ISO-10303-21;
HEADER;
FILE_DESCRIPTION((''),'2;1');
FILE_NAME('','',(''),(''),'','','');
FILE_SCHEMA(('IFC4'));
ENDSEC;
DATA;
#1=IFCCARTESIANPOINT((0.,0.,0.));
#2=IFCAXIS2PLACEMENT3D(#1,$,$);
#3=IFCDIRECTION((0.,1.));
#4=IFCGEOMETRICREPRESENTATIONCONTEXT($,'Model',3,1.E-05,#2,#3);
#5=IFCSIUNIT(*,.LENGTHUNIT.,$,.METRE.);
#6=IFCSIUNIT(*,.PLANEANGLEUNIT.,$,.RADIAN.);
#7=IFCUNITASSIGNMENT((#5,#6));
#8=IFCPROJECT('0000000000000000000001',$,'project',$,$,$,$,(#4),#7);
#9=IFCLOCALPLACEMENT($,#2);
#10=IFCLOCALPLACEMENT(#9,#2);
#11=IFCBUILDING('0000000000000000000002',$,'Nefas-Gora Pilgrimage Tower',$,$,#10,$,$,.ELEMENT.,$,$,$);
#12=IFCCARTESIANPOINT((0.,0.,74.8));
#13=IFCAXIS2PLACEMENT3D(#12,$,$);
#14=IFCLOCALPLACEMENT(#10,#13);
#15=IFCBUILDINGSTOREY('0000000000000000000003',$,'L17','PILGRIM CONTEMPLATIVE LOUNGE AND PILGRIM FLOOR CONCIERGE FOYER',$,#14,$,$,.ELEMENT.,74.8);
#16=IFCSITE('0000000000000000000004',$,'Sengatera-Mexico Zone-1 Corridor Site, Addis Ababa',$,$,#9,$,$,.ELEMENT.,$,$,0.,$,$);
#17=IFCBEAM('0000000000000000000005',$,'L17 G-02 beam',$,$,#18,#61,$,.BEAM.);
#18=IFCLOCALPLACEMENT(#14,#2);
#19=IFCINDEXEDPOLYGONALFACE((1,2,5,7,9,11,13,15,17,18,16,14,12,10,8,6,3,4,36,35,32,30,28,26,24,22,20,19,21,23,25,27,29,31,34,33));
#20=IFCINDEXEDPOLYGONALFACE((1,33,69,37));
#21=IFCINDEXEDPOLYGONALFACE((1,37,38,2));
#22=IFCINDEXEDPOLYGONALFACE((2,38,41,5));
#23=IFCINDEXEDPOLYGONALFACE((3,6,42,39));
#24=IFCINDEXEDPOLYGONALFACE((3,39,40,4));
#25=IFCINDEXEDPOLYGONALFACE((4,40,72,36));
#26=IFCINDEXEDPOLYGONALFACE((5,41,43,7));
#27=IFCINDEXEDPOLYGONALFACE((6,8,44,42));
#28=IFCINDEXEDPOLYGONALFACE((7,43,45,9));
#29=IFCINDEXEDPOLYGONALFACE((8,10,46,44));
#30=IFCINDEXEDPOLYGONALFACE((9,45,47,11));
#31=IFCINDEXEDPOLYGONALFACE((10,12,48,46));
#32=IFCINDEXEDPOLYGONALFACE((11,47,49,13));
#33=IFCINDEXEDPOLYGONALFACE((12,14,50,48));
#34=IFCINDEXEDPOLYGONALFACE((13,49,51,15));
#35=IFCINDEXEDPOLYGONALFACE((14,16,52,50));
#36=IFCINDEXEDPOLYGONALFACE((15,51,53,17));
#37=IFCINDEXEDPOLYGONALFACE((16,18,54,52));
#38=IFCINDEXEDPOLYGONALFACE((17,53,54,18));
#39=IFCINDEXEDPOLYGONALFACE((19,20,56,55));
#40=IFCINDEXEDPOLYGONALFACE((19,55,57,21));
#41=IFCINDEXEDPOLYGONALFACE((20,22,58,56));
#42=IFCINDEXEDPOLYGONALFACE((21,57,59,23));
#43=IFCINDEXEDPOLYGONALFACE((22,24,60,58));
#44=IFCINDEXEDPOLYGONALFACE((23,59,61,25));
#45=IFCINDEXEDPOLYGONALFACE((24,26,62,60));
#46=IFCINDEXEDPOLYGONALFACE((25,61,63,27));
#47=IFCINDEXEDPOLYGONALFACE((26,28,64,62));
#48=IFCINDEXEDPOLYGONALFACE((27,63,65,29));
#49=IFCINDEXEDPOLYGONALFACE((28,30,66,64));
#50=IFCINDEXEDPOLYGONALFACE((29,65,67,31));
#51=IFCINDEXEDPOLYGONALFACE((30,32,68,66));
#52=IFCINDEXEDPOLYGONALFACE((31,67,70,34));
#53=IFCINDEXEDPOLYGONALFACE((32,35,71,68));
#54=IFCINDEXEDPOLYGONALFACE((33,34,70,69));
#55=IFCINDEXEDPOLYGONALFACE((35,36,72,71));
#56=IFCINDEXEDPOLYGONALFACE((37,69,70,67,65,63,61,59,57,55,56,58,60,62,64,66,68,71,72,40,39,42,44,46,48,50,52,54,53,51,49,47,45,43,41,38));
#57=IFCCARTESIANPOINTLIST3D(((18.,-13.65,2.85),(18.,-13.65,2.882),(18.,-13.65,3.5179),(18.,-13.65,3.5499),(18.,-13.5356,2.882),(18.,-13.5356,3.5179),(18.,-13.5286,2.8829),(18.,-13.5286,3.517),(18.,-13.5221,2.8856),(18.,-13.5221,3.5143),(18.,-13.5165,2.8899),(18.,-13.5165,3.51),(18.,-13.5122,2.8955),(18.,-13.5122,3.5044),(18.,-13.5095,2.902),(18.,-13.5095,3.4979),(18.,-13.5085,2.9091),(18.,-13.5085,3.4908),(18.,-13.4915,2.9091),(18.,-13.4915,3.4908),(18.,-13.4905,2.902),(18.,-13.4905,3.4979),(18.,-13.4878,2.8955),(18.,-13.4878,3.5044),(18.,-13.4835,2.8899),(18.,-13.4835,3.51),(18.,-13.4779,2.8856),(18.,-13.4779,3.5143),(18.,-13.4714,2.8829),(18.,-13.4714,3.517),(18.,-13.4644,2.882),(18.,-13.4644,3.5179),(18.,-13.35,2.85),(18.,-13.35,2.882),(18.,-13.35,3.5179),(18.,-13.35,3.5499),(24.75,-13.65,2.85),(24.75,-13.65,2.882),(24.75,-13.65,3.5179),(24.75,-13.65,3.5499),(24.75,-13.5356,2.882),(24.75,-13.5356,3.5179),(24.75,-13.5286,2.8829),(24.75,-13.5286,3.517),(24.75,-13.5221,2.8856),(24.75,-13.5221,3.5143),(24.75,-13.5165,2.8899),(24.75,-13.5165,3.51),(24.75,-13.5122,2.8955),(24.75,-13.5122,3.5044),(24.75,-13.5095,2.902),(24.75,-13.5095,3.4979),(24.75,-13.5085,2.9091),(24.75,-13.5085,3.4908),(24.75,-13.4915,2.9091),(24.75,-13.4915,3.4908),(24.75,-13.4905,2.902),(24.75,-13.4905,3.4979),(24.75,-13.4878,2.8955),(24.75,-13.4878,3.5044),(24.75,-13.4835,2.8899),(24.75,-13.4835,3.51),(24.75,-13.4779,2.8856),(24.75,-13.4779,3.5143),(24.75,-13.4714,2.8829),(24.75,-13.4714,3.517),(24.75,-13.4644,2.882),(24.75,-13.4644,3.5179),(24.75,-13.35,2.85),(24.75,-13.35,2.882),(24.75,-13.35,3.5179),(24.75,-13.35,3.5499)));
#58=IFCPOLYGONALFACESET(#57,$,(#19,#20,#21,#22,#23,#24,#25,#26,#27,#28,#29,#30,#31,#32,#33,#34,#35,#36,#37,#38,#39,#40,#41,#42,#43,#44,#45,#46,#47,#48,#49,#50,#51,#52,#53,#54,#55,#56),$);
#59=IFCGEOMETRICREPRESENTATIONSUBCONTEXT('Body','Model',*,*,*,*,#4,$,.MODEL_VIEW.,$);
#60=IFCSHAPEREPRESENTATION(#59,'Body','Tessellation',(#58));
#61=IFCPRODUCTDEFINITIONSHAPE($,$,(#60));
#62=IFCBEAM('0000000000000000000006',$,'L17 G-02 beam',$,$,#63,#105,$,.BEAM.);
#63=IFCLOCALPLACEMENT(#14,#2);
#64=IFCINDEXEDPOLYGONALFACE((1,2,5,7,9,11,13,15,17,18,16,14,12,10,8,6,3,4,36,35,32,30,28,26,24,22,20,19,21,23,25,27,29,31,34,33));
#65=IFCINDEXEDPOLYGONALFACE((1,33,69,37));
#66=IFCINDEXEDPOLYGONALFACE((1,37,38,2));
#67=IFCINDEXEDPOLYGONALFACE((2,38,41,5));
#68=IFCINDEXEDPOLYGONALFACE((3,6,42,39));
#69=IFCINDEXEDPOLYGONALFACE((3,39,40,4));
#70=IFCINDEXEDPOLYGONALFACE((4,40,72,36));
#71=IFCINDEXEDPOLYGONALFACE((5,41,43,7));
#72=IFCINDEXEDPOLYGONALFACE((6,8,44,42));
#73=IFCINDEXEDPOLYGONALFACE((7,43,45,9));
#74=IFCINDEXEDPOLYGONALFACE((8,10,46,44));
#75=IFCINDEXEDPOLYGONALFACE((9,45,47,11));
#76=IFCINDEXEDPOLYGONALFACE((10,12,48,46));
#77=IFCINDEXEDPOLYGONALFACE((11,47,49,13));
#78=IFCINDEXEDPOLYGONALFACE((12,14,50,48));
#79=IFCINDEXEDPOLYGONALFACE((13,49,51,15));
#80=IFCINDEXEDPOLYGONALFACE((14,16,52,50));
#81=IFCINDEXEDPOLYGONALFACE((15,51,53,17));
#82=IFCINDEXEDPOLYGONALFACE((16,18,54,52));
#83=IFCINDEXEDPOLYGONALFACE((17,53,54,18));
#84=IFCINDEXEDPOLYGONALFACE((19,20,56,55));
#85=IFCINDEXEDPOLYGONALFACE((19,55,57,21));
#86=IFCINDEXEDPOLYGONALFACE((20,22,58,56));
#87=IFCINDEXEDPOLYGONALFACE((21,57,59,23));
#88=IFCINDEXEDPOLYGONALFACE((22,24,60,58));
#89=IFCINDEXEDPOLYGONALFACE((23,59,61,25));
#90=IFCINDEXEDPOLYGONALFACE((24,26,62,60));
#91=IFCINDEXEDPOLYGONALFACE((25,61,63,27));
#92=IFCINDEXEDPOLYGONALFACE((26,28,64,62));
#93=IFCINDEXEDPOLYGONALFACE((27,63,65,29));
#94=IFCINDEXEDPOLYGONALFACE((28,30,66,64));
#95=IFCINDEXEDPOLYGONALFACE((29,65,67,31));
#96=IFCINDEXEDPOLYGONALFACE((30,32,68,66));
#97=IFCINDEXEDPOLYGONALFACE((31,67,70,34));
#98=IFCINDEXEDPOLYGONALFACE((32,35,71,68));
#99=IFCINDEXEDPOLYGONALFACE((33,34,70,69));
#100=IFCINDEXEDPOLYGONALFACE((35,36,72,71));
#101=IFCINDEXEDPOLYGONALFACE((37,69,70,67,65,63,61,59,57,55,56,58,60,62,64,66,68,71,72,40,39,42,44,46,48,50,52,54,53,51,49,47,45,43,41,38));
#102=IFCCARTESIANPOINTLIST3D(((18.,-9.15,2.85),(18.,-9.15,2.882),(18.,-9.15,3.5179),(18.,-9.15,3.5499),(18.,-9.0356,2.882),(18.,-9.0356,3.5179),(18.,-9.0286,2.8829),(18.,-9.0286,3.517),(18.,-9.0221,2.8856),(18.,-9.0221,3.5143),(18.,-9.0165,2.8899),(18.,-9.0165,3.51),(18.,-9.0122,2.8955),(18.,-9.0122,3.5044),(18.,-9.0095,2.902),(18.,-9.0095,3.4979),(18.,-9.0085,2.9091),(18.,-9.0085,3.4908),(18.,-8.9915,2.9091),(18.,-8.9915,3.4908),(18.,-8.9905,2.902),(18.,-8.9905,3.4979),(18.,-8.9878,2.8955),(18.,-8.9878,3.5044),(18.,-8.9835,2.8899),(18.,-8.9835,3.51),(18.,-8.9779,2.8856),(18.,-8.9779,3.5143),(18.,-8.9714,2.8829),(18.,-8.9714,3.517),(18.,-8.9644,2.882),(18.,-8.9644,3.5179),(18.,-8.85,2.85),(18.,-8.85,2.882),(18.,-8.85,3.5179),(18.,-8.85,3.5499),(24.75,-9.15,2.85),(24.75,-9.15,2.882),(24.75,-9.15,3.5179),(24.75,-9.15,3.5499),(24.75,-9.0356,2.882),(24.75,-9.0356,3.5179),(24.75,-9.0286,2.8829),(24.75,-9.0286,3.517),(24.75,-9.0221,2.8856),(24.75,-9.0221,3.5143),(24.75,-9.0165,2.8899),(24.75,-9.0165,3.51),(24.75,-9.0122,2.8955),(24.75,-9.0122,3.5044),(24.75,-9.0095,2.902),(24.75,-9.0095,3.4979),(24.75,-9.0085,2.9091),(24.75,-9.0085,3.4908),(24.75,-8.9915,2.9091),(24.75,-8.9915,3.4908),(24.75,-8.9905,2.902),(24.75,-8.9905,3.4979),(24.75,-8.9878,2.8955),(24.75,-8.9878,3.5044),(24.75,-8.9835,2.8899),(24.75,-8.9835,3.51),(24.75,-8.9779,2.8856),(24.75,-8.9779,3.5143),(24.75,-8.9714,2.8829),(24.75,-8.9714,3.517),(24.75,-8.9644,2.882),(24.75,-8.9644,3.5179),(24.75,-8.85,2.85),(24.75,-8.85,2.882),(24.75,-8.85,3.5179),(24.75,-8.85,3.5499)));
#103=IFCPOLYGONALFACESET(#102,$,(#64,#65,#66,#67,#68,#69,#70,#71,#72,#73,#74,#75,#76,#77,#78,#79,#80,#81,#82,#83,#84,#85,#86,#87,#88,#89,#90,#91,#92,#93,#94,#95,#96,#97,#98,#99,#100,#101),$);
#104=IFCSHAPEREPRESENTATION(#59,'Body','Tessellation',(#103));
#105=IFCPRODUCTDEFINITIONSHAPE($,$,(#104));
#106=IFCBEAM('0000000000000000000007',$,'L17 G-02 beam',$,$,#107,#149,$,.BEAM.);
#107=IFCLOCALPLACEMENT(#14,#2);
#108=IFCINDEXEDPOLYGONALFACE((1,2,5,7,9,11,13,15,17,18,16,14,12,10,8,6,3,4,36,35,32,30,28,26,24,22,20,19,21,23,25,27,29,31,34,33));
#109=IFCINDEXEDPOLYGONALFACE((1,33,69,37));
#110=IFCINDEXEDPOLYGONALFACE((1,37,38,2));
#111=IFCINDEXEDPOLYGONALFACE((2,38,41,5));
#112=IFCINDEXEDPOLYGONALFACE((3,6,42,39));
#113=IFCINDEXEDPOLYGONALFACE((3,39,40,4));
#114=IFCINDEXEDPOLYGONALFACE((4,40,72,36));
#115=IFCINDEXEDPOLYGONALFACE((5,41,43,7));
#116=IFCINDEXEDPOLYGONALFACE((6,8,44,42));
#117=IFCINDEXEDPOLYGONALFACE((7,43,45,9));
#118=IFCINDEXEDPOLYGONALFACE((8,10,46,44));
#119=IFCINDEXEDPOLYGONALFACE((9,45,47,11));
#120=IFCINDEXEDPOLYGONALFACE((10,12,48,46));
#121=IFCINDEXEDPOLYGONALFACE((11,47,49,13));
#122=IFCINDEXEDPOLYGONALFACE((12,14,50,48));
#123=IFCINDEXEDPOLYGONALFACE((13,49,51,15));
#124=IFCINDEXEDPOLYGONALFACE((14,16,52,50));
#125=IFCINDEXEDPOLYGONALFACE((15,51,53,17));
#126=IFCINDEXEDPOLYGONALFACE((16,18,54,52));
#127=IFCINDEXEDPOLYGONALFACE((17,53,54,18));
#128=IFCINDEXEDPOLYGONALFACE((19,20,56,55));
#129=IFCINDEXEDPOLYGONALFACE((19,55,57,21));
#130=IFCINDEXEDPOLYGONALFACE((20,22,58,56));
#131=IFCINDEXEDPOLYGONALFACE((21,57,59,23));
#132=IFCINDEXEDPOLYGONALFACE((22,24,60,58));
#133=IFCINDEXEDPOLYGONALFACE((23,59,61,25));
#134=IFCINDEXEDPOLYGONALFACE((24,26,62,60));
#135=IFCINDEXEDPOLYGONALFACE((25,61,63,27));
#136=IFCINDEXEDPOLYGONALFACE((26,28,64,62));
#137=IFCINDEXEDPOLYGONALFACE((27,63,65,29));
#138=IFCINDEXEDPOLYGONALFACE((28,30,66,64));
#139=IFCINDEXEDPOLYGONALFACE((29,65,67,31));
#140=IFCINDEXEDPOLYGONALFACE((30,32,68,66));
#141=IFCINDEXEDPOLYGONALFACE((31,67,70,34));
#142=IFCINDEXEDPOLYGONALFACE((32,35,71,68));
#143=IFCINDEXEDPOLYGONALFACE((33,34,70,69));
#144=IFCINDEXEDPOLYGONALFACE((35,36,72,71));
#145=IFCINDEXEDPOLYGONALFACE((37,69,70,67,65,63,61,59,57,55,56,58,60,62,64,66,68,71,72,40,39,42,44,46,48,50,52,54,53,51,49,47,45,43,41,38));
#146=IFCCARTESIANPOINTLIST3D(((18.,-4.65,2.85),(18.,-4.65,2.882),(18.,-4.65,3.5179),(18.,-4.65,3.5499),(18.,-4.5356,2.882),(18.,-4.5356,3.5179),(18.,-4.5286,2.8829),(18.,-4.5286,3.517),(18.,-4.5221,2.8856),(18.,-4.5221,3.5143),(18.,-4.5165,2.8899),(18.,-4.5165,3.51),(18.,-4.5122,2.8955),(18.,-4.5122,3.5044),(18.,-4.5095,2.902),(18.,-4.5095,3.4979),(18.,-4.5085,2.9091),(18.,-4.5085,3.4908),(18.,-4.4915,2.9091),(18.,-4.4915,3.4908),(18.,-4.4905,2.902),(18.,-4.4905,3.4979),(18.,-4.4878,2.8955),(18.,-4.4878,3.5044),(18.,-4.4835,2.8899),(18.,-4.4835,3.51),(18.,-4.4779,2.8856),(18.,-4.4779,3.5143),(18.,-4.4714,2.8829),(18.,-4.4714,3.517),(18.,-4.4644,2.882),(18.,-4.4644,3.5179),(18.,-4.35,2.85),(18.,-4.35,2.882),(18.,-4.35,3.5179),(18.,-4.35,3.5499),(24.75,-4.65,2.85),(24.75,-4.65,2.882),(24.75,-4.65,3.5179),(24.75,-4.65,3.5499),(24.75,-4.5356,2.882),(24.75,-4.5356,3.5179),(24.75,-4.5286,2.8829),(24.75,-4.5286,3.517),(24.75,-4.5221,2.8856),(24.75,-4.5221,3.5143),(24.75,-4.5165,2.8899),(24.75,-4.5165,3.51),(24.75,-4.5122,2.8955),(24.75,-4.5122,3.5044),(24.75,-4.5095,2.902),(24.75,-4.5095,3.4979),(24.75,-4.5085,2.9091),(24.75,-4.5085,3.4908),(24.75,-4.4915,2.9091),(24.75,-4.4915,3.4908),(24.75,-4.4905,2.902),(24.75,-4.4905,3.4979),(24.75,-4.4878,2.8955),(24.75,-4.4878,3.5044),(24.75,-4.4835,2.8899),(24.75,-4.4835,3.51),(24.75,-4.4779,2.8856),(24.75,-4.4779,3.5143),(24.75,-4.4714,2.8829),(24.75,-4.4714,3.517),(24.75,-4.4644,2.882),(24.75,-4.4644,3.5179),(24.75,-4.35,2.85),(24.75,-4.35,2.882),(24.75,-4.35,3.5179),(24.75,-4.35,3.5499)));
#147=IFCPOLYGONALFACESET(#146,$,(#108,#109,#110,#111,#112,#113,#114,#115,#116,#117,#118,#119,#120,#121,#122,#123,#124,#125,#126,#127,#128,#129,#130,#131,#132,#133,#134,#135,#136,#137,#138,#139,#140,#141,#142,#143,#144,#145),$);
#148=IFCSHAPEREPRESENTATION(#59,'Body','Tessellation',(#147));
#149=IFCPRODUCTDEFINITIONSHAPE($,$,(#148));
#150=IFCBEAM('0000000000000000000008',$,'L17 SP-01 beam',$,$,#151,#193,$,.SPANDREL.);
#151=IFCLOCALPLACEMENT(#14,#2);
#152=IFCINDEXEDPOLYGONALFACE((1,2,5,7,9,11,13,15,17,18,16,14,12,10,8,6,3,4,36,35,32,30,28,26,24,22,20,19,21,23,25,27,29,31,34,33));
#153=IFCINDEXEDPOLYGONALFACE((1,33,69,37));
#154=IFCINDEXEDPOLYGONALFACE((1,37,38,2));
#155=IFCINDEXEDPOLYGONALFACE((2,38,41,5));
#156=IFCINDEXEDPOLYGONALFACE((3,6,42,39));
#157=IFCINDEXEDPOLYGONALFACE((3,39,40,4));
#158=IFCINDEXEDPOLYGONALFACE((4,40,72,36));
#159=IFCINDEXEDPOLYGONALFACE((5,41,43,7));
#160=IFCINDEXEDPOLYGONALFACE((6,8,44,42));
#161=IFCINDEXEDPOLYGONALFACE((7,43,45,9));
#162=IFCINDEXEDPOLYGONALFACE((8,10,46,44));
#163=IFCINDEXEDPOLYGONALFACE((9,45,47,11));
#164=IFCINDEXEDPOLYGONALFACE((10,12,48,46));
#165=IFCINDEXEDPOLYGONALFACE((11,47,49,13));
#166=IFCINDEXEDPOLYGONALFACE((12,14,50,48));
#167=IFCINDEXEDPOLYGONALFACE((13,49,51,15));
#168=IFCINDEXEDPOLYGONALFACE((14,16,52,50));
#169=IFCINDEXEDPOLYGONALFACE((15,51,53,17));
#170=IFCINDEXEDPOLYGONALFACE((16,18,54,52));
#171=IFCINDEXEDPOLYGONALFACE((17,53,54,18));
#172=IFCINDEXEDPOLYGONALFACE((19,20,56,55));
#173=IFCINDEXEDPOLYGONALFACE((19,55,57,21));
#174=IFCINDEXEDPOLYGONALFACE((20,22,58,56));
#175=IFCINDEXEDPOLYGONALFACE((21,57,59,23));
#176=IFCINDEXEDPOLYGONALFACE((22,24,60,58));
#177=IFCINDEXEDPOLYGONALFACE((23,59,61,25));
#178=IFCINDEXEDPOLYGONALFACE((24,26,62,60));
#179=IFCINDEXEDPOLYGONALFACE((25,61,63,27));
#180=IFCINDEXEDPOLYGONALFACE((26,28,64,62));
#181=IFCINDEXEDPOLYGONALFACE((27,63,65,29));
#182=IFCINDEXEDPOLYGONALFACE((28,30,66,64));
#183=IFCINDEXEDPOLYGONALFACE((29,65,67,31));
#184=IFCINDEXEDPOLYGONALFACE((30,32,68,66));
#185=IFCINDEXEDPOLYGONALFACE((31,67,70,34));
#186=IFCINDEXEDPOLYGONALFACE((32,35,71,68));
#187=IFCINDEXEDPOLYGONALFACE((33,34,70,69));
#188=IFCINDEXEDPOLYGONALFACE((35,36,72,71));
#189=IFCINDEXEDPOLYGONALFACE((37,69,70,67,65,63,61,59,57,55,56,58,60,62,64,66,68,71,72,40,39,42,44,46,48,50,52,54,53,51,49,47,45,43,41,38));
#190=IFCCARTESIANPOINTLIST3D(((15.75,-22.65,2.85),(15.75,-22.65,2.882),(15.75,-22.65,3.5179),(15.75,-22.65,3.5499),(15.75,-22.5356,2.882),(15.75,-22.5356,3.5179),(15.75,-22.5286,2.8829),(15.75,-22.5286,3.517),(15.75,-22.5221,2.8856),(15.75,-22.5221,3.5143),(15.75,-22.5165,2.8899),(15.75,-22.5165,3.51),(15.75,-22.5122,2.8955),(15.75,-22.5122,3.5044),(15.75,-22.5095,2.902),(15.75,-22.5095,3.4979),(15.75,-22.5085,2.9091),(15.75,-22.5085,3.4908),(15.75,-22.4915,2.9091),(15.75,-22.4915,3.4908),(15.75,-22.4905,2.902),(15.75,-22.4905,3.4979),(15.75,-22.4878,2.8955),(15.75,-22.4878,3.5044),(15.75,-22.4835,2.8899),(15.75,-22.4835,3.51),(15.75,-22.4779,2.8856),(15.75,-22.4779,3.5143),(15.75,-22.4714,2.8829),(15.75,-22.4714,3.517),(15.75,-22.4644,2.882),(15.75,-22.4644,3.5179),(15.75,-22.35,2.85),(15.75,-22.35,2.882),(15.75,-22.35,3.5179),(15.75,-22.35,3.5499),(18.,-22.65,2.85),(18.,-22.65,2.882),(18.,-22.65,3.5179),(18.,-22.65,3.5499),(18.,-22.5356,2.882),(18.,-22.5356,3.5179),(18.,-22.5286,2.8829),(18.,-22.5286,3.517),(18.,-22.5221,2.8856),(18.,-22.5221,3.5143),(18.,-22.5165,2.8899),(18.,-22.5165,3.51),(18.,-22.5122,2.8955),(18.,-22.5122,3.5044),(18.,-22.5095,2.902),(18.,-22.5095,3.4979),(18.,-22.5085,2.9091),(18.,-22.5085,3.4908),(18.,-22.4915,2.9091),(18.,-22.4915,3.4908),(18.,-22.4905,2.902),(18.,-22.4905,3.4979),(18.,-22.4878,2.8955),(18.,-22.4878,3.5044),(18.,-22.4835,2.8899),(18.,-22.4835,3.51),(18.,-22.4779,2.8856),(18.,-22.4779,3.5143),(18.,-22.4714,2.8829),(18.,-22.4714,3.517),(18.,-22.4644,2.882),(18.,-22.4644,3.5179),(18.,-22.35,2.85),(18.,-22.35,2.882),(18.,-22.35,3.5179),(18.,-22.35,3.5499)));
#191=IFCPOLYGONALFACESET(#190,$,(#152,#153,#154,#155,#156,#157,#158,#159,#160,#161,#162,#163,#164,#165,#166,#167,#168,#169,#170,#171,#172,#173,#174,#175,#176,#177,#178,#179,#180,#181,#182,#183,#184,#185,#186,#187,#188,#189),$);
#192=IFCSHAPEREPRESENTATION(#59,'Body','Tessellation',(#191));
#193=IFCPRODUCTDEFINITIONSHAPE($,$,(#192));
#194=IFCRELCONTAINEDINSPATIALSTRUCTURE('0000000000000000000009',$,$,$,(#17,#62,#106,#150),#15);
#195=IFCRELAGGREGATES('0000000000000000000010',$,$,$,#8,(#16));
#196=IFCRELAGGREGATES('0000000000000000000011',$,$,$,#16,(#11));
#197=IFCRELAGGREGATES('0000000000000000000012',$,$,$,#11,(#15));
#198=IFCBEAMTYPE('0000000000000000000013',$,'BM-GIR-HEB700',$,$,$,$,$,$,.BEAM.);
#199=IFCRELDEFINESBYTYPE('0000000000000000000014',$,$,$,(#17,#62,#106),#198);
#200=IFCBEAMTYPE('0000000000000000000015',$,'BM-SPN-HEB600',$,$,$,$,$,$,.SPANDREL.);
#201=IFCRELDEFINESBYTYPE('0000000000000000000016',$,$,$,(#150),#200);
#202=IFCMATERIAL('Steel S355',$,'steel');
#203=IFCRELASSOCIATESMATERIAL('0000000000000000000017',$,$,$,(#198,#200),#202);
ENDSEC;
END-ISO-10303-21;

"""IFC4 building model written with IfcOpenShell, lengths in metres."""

from ifc_helpers import new_model, si_unit, direction, frame, origin, origin_2d, place, context, subcontext, project, spatial, i_section, extrude, source, transform, mapped, material, material_profile, profile_set, type_object, element, save


model = new_model("IFC4")

# Units and contexts
model_context = context("Model", 3, precision=1e-05, world=origin(), true_north=direction((0.0, 1.0)))
body_context = subcontext(model_context, "Body", "Model", "MODEL_VIEW")
ifc_project = project(units=[si_unit("LENGTHUNIT", "METRE"), si_unit("PLANEANGLEUNIT", "RADIAN")], contexts=[model_context])

# Site, building, storey
site_placement = place(None, origin())
site = spatial("IfcSite", under=ifc_project, at=site_placement, Name="Sengatera-Mexico Zone-1 Corridor Site, Addis Ababa", CompositionType="ELEMENT", RefElevation=0.0)
building_placement = place(site_placement, origin())
building = spatial("IfcBuilding", under=site, at=building_placement, Name="Nefas-Gora Pilgrimage Tower", CompositionType="ELEMENT")
storey_placement = place(building_placement, frame((0.0, 0.0, 74.8)))
storey = spatial("IfcBuildingStorey", under=building, at=storey_placement, Name="L17", Description="PILGRIM CONTEMPLATIVE LOUNGE AND PILGRIM FLOOR CONCIERGE FOYER", CompositionType="ELEMENT", Elevation=74.8)

# Beams
ifc_material_1 = material(Name="Steel S355", Category="steel")
ifc_material_profile_1 = material_profile(ifc_material_1, i_section(OverallWidth=0.3, OverallDepth=0.7, WebThickness=0.0171, FlangeThickness=0.032, FilletRadius=0.0271, at=origin_2d()), Name="HEB 700")
ifc_profile_set_1 = profile_set([ifc_material_profile_1], Name="Steel S355")
beam_type_1 = type_object("IfcBeamType", Name="BM-GIR-HEB700", PredefinedType="BEAM", material=ifc_profile_set_1)
shared_shape_1 = source(origin(), body_context, "Body", "SweptSolid", [
    extrude(i_section(OverallWidth=0.3, OverallDepth=0.7, WebThickness=0.0171, FlangeThickness=0.032, FilletRadius=0.0271, at=origin_2d()), origin(), (0.0, 0.0, 1.0), 6.75),
])
for number, where, z_axis, x_axis, name in (
    (1, (18.0, -13.5, 3.2), (1.0, 0.0, 0.0), (0.0, 1.0, 0.0), "L17 G-02 beam"),
    (2, (18.0, -9.0, 3.2), (1.0, 0.0, 0.0), (0.0, 1.0, 0.0), "L17 G-02 beam"),
    (3, (18.0, -4.5, 3.2), (1.0, 0.0, 0.0), (0.0, 1.0, 0.0), "L17 G-02 beam"),
):
    element("IfcBeam", number, at=place(storey_placement, frame(where, z_axis=z_axis, x_axis=x_axis)), inside=storey, type_object=beam_type_1, Name=name, PredefinedType="BEAM", context=body_context, shape_type="MappedRepresentation", body=[
        mapped(shared_shape_1, transform((0.0, 0.0, 0.0), x_axis=(1.0, 0.0, 0.0), y_axis=(0.0, 1.0, 0.0), z_axis=(0.0, 0.0, 1.0), scale=1.0)),
    ])
ifc_material_profile_2 = material_profile(ifc_material_1, i_section(OverallWidth=0.3, OverallDepth=0.7, WebThickness=0.0171, FlangeThickness=0.032, FilletRadius=0.0271, at=origin_2d()), Name="HEB 700")
ifc_profile_set_2 = profile_set([ifc_material_profile_2], Name="Steel S355")
beam_type_2 = type_object("IfcBeamType", Name="BM-SPN-HEB600", PredefinedType="SPANDREL", material=ifc_profile_set_2)
shared_shape_2 = source(origin(), body_context, "Body", "SweptSolid", [
    extrude(i_section(OverallWidth=0.3, OverallDepth=0.7, WebThickness=0.0171, FlangeThickness=0.032, FilletRadius=0.0271, at=origin_2d()), origin(), (0.0, 0.0, 1.0), 2.25),
])
for number, where, z_axis, x_axis, name in (
    (4, (15.75, -22.5, 3.2), (1.0, 0.0, 0.0), (0.0, 1.0, 0.0), "L17 SP-01 beam"),
):
    element("IfcBeam", number, at=place(storey_placement, frame(where, z_axis=z_axis, x_axis=x_axis)), inside=storey, type_object=beam_type_2, Name=name, PredefinedType="SPANDREL", context=body_context, shape_type="MappedRepresentation", body=[
        mapped(shared_shape_2, transform((0.0, 0.0, 0.0), x_axis=(1.0, 0.0, 0.0), y_axis=(0.0, 1.0, 0.0), z_axis=(0.0, 0.0, 1.0), scale=1.0)),
    ])

save(model, "model.ifc")
